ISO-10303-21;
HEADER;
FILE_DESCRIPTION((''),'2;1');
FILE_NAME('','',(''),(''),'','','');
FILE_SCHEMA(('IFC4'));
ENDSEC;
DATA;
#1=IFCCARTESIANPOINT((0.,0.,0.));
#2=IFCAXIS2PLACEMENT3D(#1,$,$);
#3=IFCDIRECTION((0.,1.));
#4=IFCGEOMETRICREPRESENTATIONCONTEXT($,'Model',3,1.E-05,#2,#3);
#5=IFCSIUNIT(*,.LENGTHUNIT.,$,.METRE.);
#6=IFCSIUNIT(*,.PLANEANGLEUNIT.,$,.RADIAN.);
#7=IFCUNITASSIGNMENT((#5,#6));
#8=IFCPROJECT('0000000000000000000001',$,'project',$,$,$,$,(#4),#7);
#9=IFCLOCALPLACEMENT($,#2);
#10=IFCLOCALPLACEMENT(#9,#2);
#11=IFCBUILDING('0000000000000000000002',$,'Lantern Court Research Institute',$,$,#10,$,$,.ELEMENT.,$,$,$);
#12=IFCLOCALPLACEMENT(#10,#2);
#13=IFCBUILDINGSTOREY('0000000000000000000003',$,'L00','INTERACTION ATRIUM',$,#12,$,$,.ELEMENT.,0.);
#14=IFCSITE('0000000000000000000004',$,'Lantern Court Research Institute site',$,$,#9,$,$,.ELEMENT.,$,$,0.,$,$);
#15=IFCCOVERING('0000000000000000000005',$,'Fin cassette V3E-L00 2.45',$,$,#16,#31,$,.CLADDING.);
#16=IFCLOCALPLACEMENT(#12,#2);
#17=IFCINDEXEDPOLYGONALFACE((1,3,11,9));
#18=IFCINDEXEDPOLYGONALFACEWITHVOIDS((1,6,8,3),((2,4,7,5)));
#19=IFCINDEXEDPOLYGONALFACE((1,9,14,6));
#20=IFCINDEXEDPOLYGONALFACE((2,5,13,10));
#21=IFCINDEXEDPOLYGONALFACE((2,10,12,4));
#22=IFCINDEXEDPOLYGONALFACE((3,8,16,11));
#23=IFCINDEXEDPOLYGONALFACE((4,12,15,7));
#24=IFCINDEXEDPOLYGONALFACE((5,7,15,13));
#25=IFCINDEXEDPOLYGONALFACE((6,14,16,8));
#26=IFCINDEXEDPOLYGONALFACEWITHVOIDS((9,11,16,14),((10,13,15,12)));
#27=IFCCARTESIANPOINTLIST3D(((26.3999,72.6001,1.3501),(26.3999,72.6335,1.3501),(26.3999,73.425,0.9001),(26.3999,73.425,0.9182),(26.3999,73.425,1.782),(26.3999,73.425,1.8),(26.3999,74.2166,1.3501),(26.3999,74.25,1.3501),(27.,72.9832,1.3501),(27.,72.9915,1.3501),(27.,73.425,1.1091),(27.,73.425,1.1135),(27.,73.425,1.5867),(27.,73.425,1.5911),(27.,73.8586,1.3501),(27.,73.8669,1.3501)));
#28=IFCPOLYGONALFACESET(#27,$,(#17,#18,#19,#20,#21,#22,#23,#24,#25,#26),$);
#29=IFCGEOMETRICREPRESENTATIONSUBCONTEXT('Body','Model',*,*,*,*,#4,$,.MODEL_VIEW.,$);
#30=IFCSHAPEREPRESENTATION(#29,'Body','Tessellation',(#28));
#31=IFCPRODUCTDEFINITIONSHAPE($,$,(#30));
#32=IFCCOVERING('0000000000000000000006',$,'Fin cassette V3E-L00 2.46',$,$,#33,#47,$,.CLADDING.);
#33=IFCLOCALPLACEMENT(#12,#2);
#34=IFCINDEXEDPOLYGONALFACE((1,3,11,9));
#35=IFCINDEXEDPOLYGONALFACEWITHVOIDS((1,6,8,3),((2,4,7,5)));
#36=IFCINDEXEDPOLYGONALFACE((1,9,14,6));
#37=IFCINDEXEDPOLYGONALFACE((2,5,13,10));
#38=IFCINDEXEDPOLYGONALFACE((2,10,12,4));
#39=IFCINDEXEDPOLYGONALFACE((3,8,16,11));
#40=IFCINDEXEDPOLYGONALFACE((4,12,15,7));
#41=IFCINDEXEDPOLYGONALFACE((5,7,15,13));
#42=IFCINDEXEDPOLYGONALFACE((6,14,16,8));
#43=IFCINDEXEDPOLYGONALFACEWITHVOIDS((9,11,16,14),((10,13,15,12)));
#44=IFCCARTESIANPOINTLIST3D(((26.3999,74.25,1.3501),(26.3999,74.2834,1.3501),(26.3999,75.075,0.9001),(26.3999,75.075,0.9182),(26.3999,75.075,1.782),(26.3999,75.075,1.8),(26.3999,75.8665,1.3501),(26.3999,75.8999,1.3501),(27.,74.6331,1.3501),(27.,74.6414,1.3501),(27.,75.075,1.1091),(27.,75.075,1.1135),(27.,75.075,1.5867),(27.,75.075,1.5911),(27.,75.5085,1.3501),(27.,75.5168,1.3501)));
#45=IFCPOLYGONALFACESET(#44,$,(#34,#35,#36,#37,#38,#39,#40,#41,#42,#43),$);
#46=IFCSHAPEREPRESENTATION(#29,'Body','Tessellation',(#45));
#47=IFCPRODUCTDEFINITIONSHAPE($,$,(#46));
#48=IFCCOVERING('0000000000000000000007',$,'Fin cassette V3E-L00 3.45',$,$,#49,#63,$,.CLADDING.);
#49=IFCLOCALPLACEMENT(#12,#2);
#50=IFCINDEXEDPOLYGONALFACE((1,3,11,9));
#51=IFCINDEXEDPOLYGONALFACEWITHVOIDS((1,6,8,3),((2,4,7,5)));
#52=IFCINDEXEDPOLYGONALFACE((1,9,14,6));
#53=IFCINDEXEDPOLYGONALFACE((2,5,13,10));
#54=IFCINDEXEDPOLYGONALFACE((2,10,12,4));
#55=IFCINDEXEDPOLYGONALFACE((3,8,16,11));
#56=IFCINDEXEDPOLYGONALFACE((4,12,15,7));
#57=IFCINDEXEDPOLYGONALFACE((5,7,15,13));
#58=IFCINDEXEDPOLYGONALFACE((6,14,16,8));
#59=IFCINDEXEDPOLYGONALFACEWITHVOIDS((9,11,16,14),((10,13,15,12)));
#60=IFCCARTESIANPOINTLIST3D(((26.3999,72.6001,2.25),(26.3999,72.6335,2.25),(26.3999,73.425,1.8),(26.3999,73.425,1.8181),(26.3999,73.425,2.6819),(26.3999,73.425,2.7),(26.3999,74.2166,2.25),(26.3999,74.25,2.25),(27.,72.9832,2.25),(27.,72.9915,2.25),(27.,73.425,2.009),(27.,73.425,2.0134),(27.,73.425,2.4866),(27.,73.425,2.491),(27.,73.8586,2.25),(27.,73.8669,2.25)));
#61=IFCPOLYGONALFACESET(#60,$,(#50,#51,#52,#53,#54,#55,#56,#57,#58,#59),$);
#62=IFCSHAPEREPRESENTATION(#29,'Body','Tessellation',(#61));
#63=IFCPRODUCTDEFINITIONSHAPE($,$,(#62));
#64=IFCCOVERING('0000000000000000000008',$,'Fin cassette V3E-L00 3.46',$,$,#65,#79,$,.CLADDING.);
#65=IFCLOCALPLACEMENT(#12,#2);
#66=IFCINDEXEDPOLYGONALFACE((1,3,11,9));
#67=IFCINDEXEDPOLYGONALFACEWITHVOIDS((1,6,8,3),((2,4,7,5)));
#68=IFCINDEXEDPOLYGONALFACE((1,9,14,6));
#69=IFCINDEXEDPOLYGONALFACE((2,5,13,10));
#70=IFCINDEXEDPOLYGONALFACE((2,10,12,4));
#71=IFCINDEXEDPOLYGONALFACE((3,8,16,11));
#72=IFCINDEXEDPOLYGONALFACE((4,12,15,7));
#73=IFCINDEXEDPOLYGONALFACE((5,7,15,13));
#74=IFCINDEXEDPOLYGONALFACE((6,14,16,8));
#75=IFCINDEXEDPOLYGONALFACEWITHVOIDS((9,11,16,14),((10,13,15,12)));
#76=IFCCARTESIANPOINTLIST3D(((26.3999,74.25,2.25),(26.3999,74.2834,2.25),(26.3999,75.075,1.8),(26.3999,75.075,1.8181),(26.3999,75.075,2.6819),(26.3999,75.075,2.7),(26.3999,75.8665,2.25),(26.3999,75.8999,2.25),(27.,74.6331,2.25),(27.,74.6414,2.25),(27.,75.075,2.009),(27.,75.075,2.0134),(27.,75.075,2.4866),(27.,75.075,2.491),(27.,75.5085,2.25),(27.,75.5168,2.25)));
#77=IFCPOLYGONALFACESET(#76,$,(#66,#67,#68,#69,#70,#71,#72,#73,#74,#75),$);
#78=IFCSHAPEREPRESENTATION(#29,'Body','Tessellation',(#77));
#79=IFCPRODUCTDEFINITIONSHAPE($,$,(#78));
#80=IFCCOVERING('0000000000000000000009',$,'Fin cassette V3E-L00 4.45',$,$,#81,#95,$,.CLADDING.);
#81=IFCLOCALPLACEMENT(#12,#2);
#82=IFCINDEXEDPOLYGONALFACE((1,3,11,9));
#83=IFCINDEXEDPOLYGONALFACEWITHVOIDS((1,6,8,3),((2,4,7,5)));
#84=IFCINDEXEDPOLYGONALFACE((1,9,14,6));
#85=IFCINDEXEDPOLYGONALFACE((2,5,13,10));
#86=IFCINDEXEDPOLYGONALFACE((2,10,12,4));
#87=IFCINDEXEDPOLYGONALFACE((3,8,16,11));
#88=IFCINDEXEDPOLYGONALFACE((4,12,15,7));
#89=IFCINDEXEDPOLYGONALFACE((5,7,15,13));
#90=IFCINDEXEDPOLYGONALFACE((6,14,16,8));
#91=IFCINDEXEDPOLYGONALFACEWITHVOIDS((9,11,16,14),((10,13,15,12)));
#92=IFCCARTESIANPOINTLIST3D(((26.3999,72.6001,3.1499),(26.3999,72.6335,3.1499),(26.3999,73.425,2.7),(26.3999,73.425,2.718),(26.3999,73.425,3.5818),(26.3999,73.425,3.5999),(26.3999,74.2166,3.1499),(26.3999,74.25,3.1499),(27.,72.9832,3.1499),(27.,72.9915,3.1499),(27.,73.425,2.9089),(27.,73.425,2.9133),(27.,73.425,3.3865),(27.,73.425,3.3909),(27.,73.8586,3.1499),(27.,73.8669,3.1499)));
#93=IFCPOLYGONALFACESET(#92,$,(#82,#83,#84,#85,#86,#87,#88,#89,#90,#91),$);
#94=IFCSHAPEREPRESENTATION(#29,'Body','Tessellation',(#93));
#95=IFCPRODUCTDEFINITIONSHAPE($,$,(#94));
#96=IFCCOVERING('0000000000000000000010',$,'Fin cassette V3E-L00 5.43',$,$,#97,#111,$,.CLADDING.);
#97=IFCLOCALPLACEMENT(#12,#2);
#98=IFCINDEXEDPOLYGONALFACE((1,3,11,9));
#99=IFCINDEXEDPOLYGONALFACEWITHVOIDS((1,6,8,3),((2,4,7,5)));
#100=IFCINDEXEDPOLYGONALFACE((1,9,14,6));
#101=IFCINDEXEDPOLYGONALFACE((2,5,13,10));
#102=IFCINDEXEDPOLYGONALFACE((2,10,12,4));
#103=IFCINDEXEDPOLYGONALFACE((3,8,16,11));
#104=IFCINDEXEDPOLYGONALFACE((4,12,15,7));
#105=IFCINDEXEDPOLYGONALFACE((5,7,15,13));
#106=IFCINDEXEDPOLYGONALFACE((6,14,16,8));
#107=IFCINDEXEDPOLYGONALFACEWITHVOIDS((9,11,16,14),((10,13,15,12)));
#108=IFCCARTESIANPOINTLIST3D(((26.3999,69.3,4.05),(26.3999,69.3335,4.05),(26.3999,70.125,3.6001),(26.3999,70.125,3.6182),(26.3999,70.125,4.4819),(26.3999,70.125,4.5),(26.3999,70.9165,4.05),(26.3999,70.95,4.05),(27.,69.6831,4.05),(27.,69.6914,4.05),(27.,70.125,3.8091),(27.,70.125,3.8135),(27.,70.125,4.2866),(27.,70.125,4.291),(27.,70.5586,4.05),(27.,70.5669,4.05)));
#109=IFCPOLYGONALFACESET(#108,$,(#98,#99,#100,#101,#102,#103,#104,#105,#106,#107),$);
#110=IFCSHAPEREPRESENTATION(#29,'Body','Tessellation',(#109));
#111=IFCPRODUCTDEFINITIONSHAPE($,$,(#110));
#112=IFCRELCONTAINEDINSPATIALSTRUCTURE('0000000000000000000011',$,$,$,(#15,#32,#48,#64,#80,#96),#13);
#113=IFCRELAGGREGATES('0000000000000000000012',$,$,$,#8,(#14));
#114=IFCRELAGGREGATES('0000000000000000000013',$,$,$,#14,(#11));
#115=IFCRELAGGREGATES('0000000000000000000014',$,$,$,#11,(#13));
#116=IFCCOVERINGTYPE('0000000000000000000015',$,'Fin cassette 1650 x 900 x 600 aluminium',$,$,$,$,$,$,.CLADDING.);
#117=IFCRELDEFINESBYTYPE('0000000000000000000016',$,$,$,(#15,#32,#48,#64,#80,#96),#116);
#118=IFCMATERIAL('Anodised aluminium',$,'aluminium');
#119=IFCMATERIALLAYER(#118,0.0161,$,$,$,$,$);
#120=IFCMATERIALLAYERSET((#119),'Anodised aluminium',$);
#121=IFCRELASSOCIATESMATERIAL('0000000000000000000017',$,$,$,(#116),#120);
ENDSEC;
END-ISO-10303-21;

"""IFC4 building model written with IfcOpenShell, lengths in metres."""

from ifc_helpers import new_model, entity, si_unit, direction, frame, origin, place, context, subcontext, project, spatial, material, layer, layer_set, type_object, element, save


model = new_model("IFC4")

# Units and contexts
model_context = context("Model", 3, precision=1e-05, world=origin(), true_north=direction((0.0, 1.0)))
body_context = subcontext(model_context, "Body", "Model", "MODEL_VIEW")
ifc_project = project(units=[si_unit("LENGTHUNIT", "METRE"), si_unit("PLANEANGLEUNIT", "RADIAN")], contexts=[model_context])

# Site, building, storey
site_placement = place(None, origin())
site = spatial("IfcSite", under=ifc_project, at=site_placement, Name="Lantern Court Research Institute site", CompositionType="ELEMENT", RefElevation=0.0)
building_placement = place(site_placement, origin())
building = spatial("IfcBuilding", under=site, at=building_placement, Name="Lantern Court Research Institute", CompositionType="ELEMENT")
storey_placement = place(building_placement, origin())
storey = spatial("IfcBuildingStorey", under=building, at=storey_placement, Name="L00", Description="INTERACTION ATRIUM", CompositionType="ELEMENT", Elevation=0.0)

# Coverings
ifc_material_1 = material(Name="Anodised aluminium", Category="aluminium")
ifc_layer_1 = layer(ifc_material_1, 0.0161)
ifc_layer_set_1 = layer_set([ifc_layer_1], Name="Anodised aluminium")
covering_type_1 = type_object("IfcCoveringType", Name="Fin cassette 1650 x 900 x 600 aluminium", PredefinedType="CLADDING", material=ifc_layer_set_1)
covering_1_placement = place(storey_placement, frame((26.3999, 73.425, 1.3501), z_axis=(1.0, 0.0, 0.0), x_axis=(0.0, 1.0, 0.0)))
cartesian_point_1 = entity("IfcCartesianPoint", [0.825, 0.0])
cartesian_point_2 = entity("IfcCartesianPoint", [0.7915, 0.0])
cartesian_point_3 = entity("IfcCartesianPoint", [0.4419, 0.0])
cartesian_point_4 = entity("IfcCartesianPoint", [0.4336, 0.0])
element("IfcCovering", 1, at=covering_1_placement, inside=storey, type_object=covering_type_1, Name="Fin cassette V3E-L00 2.45", PredefinedType="CLADDING", context=body_context, shape_type="SweptSolid", body=[
    entity("IfcExtrudedAreaSolidTapered", entity("IfcArbitraryProfileDefWithVoids", "AREA", None, entity("IfcPolyline", [cartesian_point_1, entity("IfcCartesianPoint", [0.0, 0.45]), entity("IfcCartesianPoint", [-0.825, 0.0]), entity("IfcCartesianPoint", [0.0, -0.45]), cartesian_point_1]), [entity("IfcPolyline", [cartesian_point_2, entity("IfcCartesianPoint", [0.0, 0.4319]), entity("IfcCartesianPoint", [-0.7915, 0.0]), entity("IfcCartesianPoint", [0.0, -0.4319]), cartesian_point_2])]), entity("IfcAxis2Placement3D", entity("IfcCartesianPoint", [0.0, 0.0, 0.0])), entity("IfcDirection", [0.0, 0.0, 1.0]), 0.6001, entity("IfcArbitraryProfileDefWithVoids", "AREA", None, entity("IfcPolyline", [cartesian_point_3, entity("IfcCartesianPoint", [0.0, 0.241]), entity("IfcCartesianPoint", [-0.4419, 0.0]), entity("IfcCartesianPoint", [0.0, -0.241]), cartesian_point_3]), [entity("IfcPolyline", [cartesian_point_4, entity("IfcCartesianPoint", [0.0, 0.2366]), entity("IfcCartesianPoint", [-0.4336, 0.0]), entity("IfcCartesianPoint", [0.0, -0.2366]), cartesian_point_4])])),
])
covering_2_placement = place(storey_placement, frame((26.3999, 75.075, 1.3501), z_axis=(1.0, 0.0, 0.0), x_axis=(0.0, 1.0, 0.0)))
cartesian_point_5 = entity("IfcCartesianPoint", [0.825, 0.0])
cartesian_point_6 = entity("IfcCartesianPoint", [0.7915, 0.0])
cartesian_point_7 = entity("IfcCartesianPoint", [0.4419, 0.0])
cartesian_point_8 = entity("IfcCartesianPoint", [0.4336, 0.0])
element("IfcCovering", 2, at=covering_2_placement, inside=storey, type_object=covering_type_1, Name="Fin cassette V3E-L00 2.46", PredefinedType="CLADDING", context=body_context, shape_type="SweptSolid", body=[
    entity("IfcExtrudedAreaSolidTapered", entity("IfcArbitraryProfileDefWithVoids", "AREA", None, entity("IfcPolyline", [cartesian_point_5, entity("IfcCartesianPoint", [0.0, 0.45]), entity("IfcCartesianPoint", [-0.825, 0.0]), entity("IfcCartesianPoint", [0.0, -0.45]), cartesian_point_5]), [entity("IfcPolyline", [cartesian_point_6, entity("IfcCartesianPoint", [0.0, 0.4319]), entity("IfcCartesianPoint", [-0.7915, 0.0]), entity("IfcCartesianPoint", [0.0, -0.4319]), cartesian_point_6])]), entity("IfcAxis2Placement3D", entity("IfcCartesianPoint", [0.0, 0.0, 0.0])), entity("IfcDirection", [0.0, 0.0, 1.0]), 0.6001, entity("IfcArbitraryProfileDefWithVoids", "AREA", None, entity("IfcPolyline", [cartesian_point_7, entity("IfcCartesianPoint", [0.0, 0.241]), entity("IfcCartesianPoint", [-0.4419, 0.0]), entity("IfcCartesianPoint", [0.0, -0.241]), cartesian_point_7]), [entity("IfcPolyline", [cartesian_point_8, entity("IfcCartesianPoint", [0.0, 0.2366]), entity("IfcCartesianPoint", [-0.4336, 0.0]), entity("IfcCartesianPoint", [0.0, -0.2366]), cartesian_point_8])])),
])
covering_3_placement = place(storey_placement, frame((26.3999, 73.425, 2.25), z_axis=(1.0, 0.0, 0.0), x_axis=(0.0, 1.0, 0.0)))
cartesian_point_9 = entity("IfcCartesianPoint", [0.825, 0.0])
cartesian_point_10 = entity("IfcCartesianPoint", [0.7915, 0.0])
cartesian_point_11 = entity("IfcCartesianPoint", [0.4419, 0.0])
cartesian_point_12 = entity("IfcCartesianPoint", [0.4336, 0.0])
element("IfcCovering", 3, at=covering_3_placement, inside=storey, type_object=covering_type_1, Name="Fin cassette V3E-L00 3.45", PredefinedType="CLADDING", context=body_context, shape_type="SweptSolid", body=[
    entity("IfcExtrudedAreaSolidTapered", entity("IfcArbitraryProfileDefWithVoids", "AREA", None, entity("IfcPolyline", [cartesian_point_9, entity("IfcCartesianPoint", [0.0, 0.45]), entity("IfcCartesianPoint", [-0.825, 0.0]), entity("IfcCartesianPoint", [0.0, -0.45]), cartesian_point_9]), [entity("IfcPolyline", [cartesian_point_10, entity("IfcCartesianPoint", [0.0, 0.4319]), entity("IfcCartesianPoint", [-0.7915, 0.0]), entity("IfcCartesianPoint", [0.0, -0.4319]), cartesian_point_10])]), entity("IfcAxis2Placement3D", entity("IfcCartesianPoint", [0.0, 0.0, 0.0])), entity("IfcDirection", [0.0, 0.0, 1.0]), 0.6001, entity("IfcArbitraryProfileDefWithVoids", "AREA", None, entity("IfcPolyline", [cartesian_point_11, entity("IfcCartesianPoint", [0.0, 0.241]), entity("IfcCartesianPoint", [-0.4419, 0.0]), entity("IfcCartesianPoint", [0.0, -0.241]), cartesian_point_11]), [entity("IfcPolyline", [cartesian_point_12, entity("IfcCartesianPoint", [0.0, 0.2366]), entity("IfcCartesianPoint", [-0.4336, 0.0]), entity("IfcCartesianPoint", [0.0, -0.2366]), cartesian_point_12])])),
])
covering_4_placement = place(storey_placement, frame((26.3999, 75.075, 2.25), z_axis=(1.0, 0.0, 0.0), x_axis=(0.0, 1.0, 0.0)))
cartesian_point_13 = entity("IfcCartesianPoint", [0.825, 0.0])
cartesian_point_14 = entity("IfcCartesianPoint", [0.7915, 0.0])
cartesian_point_15 = entity("IfcCartesianPoint", [0.4419, 0.0])
cartesian_point_16 = entity("IfcCartesianPoint", [0.4336, 0.0])
element("IfcCovering", 4, at=covering_4_placement, inside=storey, type_object=covering_type_1, Name="Fin cassette V3E-L00 3.46", PredefinedType="CLADDING", context=body_context, shape_type="SweptSolid", body=[
    entity("IfcExtrudedAreaSolidTapered", entity("IfcArbitraryProfileDefWithVoids", "AREA", None, entity("IfcPolyline", [cartesian_point_13, entity("IfcCartesianPoint", [0.0, 0.45]), entity("IfcCartesianPoint", [-0.825, 0.0]), entity("IfcCartesianPoint", [0.0, -0.45]), cartesian_point_13]), [entity("IfcPolyline", [cartesian_point_14, entity("IfcCartesianPoint", [0.0, 0.4319]), entity("IfcCartesianPoint", [-0.7915, 0.0]), entity("IfcCartesianPoint", [0.0, -0.4319]), cartesian_point_14])]), entity("IfcAxis2Placement3D", entity("IfcCartesianPoint", [0.0, 0.0, 0.0])), entity("IfcDirection", [0.0, 0.0, 1.0]), 0.6001, entity("IfcArbitraryProfileDefWithVoids", "AREA", None, entity("IfcPolyline", [cartesian_point_15, entity("IfcCartesianPoint", [0.0, 0.241]), entity("IfcCartesianPoint", [-0.4419, 0.0]), entity("IfcCartesianPoint", [0.0, -0.241]), cartesian_point_15]), [entity("IfcPolyline", [cartesian_point_16, entity("IfcCartesianPoint", [0.0, 0.2366]), entity("IfcCartesianPoint", [-0.4336, 0.0]), entity("IfcCartesianPoint", [0.0, -0.2366]), cartesian_point_16])])),
])
covering_5_placement = place(storey_placement, frame((26.3999, 73.425, 3.1499), z_axis=(1.0, 0.0, 0.0), x_axis=(0.0, 1.0, 0.0)))
cartesian_point_17 = entity("IfcCartesianPoint", [0.825, 0.0])
cartesian_point_18 = entity("IfcCartesianPoint", [0.7915, 0.0])
cartesian_point_19 = entity("IfcCartesianPoint", [0.4419, 0.0])
cartesian_point_20 = entity("IfcCartesianPoint", [0.4336, 0.0])
element("IfcCovering", 5, at=covering_5_placement, inside=storey, type_object=covering_type_1, Name="Fin cassette V3E-L00 4.45", PredefinedType="CLADDING", context=body_context, shape_type="SweptSolid", body=[
    entity("IfcExtrudedAreaSolidTapered", entity("IfcArbitraryProfileDefWithVoids", "AREA", None, entity("IfcPolyline", [cartesian_point_17, entity("IfcCartesianPoint", [0.0, 0.45]), entity("IfcCartesianPoint", [-0.825, 0.0]), entity("IfcCartesianPoint", [0.0, -0.45]), cartesian_point_17]), [entity("IfcPolyline", [cartesian_point_18, entity("IfcCartesianPoint", [0.0, 0.4319]), entity("IfcCartesianPoint", [-0.7915, 0.0]), entity("IfcCartesianPoint", [0.0, -0.4319]), cartesian_point_18])]), entity("IfcAxis2Placement3D", entity("IfcCartesianPoint", [0.0, 0.0, 0.0])), entity("IfcDirection", [0.0, 0.0, 1.0]), 0.6001, entity("IfcArbitraryProfileDefWithVoids", "AREA", None, entity("IfcPolyline", [cartesian_point_19, entity("IfcCartesianPoint", [0.0, 0.241]), entity("IfcCartesianPoint", [-0.4419, 0.0]), entity("IfcCartesianPoint", [0.0, -0.241]), cartesian_point_19]), [entity("IfcPolyline", [cartesian_point_20, entity("IfcCartesianPoint", [0.0, 0.2366]), entity("IfcCartesianPoint", [-0.4336, 0.0]), entity("IfcCartesianPoint", [0.0, -0.2366]), cartesian_point_20])])),
])
covering_6_placement = place(storey_placement, frame((26.3999, 70.125, 4.05), z_axis=(1.0, 0.0, 0.0), x_axis=(0.0, 1.0, 0.0)))
cartesian_point_21 = entity("IfcCartesianPoint", [0.825, 0.0])
cartesian_point_22 = entity("IfcCartesianPoint", [0.7915, 0.0])
cartesian_point_23 = entity("IfcCartesianPoint", [0.4419, 0.0])
cartesian_point_24 = entity("IfcCartesianPoint", [0.4336, 0.0])
element("IfcCovering", 6, at=covering_6_placement, inside=storey, type_object=covering_type_1, Name="Fin cassette V3E-L00 5.43", PredefinedType="CLADDING", context=body_context, shape_type="SweptSolid", body=[
    entity("IfcExtrudedAreaSolidTapered", entity("IfcArbitraryProfileDefWithVoids", "AREA", None, entity("IfcPolyline", [cartesian_point_21, entity("IfcCartesianPoint", [0.0, 0.45]), entity("IfcCartesianPoint", [-0.825, 0.0]), entity("IfcCartesianPoint", [0.0, -0.45]), cartesian_point_21]), [entity("IfcPolyline", [cartesian_point_22, entity("IfcCartesianPoint", [0.0, 0.4319]), entity("IfcCartesianPoint", [-0.7915, 0.0]), entity("IfcCartesianPoint", [0.0, -0.4319]), cartesian_point_22])]), entity("IfcAxis2Placement3D", entity("IfcCartesianPoint", [0.0, 0.0, 0.0])), entity("IfcDirection", [0.0, 0.0, 1.0]), 0.6001, entity("IfcArbitraryProfileDefWithVoids", "AREA", None, entity("IfcPolyline", [cartesian_point_23, entity("IfcCartesianPoint", [0.0, 0.241]), entity("IfcCartesianPoint", [-0.4419, 0.0]), entity("IfcCartesianPoint", [0.0, -0.241]), cartesian_point_23]), [entity("IfcPolyline", [cartesian_point_24, entity("IfcCartesianPoint", [0.0, 0.2366]), entity("IfcCartesianPoint", [-0.4336, 0.0]), entity("IfcCartesianPoint", [0.0, -0.2366]), cartesian_point_24])])),
])

save(model, "model.ifc")
